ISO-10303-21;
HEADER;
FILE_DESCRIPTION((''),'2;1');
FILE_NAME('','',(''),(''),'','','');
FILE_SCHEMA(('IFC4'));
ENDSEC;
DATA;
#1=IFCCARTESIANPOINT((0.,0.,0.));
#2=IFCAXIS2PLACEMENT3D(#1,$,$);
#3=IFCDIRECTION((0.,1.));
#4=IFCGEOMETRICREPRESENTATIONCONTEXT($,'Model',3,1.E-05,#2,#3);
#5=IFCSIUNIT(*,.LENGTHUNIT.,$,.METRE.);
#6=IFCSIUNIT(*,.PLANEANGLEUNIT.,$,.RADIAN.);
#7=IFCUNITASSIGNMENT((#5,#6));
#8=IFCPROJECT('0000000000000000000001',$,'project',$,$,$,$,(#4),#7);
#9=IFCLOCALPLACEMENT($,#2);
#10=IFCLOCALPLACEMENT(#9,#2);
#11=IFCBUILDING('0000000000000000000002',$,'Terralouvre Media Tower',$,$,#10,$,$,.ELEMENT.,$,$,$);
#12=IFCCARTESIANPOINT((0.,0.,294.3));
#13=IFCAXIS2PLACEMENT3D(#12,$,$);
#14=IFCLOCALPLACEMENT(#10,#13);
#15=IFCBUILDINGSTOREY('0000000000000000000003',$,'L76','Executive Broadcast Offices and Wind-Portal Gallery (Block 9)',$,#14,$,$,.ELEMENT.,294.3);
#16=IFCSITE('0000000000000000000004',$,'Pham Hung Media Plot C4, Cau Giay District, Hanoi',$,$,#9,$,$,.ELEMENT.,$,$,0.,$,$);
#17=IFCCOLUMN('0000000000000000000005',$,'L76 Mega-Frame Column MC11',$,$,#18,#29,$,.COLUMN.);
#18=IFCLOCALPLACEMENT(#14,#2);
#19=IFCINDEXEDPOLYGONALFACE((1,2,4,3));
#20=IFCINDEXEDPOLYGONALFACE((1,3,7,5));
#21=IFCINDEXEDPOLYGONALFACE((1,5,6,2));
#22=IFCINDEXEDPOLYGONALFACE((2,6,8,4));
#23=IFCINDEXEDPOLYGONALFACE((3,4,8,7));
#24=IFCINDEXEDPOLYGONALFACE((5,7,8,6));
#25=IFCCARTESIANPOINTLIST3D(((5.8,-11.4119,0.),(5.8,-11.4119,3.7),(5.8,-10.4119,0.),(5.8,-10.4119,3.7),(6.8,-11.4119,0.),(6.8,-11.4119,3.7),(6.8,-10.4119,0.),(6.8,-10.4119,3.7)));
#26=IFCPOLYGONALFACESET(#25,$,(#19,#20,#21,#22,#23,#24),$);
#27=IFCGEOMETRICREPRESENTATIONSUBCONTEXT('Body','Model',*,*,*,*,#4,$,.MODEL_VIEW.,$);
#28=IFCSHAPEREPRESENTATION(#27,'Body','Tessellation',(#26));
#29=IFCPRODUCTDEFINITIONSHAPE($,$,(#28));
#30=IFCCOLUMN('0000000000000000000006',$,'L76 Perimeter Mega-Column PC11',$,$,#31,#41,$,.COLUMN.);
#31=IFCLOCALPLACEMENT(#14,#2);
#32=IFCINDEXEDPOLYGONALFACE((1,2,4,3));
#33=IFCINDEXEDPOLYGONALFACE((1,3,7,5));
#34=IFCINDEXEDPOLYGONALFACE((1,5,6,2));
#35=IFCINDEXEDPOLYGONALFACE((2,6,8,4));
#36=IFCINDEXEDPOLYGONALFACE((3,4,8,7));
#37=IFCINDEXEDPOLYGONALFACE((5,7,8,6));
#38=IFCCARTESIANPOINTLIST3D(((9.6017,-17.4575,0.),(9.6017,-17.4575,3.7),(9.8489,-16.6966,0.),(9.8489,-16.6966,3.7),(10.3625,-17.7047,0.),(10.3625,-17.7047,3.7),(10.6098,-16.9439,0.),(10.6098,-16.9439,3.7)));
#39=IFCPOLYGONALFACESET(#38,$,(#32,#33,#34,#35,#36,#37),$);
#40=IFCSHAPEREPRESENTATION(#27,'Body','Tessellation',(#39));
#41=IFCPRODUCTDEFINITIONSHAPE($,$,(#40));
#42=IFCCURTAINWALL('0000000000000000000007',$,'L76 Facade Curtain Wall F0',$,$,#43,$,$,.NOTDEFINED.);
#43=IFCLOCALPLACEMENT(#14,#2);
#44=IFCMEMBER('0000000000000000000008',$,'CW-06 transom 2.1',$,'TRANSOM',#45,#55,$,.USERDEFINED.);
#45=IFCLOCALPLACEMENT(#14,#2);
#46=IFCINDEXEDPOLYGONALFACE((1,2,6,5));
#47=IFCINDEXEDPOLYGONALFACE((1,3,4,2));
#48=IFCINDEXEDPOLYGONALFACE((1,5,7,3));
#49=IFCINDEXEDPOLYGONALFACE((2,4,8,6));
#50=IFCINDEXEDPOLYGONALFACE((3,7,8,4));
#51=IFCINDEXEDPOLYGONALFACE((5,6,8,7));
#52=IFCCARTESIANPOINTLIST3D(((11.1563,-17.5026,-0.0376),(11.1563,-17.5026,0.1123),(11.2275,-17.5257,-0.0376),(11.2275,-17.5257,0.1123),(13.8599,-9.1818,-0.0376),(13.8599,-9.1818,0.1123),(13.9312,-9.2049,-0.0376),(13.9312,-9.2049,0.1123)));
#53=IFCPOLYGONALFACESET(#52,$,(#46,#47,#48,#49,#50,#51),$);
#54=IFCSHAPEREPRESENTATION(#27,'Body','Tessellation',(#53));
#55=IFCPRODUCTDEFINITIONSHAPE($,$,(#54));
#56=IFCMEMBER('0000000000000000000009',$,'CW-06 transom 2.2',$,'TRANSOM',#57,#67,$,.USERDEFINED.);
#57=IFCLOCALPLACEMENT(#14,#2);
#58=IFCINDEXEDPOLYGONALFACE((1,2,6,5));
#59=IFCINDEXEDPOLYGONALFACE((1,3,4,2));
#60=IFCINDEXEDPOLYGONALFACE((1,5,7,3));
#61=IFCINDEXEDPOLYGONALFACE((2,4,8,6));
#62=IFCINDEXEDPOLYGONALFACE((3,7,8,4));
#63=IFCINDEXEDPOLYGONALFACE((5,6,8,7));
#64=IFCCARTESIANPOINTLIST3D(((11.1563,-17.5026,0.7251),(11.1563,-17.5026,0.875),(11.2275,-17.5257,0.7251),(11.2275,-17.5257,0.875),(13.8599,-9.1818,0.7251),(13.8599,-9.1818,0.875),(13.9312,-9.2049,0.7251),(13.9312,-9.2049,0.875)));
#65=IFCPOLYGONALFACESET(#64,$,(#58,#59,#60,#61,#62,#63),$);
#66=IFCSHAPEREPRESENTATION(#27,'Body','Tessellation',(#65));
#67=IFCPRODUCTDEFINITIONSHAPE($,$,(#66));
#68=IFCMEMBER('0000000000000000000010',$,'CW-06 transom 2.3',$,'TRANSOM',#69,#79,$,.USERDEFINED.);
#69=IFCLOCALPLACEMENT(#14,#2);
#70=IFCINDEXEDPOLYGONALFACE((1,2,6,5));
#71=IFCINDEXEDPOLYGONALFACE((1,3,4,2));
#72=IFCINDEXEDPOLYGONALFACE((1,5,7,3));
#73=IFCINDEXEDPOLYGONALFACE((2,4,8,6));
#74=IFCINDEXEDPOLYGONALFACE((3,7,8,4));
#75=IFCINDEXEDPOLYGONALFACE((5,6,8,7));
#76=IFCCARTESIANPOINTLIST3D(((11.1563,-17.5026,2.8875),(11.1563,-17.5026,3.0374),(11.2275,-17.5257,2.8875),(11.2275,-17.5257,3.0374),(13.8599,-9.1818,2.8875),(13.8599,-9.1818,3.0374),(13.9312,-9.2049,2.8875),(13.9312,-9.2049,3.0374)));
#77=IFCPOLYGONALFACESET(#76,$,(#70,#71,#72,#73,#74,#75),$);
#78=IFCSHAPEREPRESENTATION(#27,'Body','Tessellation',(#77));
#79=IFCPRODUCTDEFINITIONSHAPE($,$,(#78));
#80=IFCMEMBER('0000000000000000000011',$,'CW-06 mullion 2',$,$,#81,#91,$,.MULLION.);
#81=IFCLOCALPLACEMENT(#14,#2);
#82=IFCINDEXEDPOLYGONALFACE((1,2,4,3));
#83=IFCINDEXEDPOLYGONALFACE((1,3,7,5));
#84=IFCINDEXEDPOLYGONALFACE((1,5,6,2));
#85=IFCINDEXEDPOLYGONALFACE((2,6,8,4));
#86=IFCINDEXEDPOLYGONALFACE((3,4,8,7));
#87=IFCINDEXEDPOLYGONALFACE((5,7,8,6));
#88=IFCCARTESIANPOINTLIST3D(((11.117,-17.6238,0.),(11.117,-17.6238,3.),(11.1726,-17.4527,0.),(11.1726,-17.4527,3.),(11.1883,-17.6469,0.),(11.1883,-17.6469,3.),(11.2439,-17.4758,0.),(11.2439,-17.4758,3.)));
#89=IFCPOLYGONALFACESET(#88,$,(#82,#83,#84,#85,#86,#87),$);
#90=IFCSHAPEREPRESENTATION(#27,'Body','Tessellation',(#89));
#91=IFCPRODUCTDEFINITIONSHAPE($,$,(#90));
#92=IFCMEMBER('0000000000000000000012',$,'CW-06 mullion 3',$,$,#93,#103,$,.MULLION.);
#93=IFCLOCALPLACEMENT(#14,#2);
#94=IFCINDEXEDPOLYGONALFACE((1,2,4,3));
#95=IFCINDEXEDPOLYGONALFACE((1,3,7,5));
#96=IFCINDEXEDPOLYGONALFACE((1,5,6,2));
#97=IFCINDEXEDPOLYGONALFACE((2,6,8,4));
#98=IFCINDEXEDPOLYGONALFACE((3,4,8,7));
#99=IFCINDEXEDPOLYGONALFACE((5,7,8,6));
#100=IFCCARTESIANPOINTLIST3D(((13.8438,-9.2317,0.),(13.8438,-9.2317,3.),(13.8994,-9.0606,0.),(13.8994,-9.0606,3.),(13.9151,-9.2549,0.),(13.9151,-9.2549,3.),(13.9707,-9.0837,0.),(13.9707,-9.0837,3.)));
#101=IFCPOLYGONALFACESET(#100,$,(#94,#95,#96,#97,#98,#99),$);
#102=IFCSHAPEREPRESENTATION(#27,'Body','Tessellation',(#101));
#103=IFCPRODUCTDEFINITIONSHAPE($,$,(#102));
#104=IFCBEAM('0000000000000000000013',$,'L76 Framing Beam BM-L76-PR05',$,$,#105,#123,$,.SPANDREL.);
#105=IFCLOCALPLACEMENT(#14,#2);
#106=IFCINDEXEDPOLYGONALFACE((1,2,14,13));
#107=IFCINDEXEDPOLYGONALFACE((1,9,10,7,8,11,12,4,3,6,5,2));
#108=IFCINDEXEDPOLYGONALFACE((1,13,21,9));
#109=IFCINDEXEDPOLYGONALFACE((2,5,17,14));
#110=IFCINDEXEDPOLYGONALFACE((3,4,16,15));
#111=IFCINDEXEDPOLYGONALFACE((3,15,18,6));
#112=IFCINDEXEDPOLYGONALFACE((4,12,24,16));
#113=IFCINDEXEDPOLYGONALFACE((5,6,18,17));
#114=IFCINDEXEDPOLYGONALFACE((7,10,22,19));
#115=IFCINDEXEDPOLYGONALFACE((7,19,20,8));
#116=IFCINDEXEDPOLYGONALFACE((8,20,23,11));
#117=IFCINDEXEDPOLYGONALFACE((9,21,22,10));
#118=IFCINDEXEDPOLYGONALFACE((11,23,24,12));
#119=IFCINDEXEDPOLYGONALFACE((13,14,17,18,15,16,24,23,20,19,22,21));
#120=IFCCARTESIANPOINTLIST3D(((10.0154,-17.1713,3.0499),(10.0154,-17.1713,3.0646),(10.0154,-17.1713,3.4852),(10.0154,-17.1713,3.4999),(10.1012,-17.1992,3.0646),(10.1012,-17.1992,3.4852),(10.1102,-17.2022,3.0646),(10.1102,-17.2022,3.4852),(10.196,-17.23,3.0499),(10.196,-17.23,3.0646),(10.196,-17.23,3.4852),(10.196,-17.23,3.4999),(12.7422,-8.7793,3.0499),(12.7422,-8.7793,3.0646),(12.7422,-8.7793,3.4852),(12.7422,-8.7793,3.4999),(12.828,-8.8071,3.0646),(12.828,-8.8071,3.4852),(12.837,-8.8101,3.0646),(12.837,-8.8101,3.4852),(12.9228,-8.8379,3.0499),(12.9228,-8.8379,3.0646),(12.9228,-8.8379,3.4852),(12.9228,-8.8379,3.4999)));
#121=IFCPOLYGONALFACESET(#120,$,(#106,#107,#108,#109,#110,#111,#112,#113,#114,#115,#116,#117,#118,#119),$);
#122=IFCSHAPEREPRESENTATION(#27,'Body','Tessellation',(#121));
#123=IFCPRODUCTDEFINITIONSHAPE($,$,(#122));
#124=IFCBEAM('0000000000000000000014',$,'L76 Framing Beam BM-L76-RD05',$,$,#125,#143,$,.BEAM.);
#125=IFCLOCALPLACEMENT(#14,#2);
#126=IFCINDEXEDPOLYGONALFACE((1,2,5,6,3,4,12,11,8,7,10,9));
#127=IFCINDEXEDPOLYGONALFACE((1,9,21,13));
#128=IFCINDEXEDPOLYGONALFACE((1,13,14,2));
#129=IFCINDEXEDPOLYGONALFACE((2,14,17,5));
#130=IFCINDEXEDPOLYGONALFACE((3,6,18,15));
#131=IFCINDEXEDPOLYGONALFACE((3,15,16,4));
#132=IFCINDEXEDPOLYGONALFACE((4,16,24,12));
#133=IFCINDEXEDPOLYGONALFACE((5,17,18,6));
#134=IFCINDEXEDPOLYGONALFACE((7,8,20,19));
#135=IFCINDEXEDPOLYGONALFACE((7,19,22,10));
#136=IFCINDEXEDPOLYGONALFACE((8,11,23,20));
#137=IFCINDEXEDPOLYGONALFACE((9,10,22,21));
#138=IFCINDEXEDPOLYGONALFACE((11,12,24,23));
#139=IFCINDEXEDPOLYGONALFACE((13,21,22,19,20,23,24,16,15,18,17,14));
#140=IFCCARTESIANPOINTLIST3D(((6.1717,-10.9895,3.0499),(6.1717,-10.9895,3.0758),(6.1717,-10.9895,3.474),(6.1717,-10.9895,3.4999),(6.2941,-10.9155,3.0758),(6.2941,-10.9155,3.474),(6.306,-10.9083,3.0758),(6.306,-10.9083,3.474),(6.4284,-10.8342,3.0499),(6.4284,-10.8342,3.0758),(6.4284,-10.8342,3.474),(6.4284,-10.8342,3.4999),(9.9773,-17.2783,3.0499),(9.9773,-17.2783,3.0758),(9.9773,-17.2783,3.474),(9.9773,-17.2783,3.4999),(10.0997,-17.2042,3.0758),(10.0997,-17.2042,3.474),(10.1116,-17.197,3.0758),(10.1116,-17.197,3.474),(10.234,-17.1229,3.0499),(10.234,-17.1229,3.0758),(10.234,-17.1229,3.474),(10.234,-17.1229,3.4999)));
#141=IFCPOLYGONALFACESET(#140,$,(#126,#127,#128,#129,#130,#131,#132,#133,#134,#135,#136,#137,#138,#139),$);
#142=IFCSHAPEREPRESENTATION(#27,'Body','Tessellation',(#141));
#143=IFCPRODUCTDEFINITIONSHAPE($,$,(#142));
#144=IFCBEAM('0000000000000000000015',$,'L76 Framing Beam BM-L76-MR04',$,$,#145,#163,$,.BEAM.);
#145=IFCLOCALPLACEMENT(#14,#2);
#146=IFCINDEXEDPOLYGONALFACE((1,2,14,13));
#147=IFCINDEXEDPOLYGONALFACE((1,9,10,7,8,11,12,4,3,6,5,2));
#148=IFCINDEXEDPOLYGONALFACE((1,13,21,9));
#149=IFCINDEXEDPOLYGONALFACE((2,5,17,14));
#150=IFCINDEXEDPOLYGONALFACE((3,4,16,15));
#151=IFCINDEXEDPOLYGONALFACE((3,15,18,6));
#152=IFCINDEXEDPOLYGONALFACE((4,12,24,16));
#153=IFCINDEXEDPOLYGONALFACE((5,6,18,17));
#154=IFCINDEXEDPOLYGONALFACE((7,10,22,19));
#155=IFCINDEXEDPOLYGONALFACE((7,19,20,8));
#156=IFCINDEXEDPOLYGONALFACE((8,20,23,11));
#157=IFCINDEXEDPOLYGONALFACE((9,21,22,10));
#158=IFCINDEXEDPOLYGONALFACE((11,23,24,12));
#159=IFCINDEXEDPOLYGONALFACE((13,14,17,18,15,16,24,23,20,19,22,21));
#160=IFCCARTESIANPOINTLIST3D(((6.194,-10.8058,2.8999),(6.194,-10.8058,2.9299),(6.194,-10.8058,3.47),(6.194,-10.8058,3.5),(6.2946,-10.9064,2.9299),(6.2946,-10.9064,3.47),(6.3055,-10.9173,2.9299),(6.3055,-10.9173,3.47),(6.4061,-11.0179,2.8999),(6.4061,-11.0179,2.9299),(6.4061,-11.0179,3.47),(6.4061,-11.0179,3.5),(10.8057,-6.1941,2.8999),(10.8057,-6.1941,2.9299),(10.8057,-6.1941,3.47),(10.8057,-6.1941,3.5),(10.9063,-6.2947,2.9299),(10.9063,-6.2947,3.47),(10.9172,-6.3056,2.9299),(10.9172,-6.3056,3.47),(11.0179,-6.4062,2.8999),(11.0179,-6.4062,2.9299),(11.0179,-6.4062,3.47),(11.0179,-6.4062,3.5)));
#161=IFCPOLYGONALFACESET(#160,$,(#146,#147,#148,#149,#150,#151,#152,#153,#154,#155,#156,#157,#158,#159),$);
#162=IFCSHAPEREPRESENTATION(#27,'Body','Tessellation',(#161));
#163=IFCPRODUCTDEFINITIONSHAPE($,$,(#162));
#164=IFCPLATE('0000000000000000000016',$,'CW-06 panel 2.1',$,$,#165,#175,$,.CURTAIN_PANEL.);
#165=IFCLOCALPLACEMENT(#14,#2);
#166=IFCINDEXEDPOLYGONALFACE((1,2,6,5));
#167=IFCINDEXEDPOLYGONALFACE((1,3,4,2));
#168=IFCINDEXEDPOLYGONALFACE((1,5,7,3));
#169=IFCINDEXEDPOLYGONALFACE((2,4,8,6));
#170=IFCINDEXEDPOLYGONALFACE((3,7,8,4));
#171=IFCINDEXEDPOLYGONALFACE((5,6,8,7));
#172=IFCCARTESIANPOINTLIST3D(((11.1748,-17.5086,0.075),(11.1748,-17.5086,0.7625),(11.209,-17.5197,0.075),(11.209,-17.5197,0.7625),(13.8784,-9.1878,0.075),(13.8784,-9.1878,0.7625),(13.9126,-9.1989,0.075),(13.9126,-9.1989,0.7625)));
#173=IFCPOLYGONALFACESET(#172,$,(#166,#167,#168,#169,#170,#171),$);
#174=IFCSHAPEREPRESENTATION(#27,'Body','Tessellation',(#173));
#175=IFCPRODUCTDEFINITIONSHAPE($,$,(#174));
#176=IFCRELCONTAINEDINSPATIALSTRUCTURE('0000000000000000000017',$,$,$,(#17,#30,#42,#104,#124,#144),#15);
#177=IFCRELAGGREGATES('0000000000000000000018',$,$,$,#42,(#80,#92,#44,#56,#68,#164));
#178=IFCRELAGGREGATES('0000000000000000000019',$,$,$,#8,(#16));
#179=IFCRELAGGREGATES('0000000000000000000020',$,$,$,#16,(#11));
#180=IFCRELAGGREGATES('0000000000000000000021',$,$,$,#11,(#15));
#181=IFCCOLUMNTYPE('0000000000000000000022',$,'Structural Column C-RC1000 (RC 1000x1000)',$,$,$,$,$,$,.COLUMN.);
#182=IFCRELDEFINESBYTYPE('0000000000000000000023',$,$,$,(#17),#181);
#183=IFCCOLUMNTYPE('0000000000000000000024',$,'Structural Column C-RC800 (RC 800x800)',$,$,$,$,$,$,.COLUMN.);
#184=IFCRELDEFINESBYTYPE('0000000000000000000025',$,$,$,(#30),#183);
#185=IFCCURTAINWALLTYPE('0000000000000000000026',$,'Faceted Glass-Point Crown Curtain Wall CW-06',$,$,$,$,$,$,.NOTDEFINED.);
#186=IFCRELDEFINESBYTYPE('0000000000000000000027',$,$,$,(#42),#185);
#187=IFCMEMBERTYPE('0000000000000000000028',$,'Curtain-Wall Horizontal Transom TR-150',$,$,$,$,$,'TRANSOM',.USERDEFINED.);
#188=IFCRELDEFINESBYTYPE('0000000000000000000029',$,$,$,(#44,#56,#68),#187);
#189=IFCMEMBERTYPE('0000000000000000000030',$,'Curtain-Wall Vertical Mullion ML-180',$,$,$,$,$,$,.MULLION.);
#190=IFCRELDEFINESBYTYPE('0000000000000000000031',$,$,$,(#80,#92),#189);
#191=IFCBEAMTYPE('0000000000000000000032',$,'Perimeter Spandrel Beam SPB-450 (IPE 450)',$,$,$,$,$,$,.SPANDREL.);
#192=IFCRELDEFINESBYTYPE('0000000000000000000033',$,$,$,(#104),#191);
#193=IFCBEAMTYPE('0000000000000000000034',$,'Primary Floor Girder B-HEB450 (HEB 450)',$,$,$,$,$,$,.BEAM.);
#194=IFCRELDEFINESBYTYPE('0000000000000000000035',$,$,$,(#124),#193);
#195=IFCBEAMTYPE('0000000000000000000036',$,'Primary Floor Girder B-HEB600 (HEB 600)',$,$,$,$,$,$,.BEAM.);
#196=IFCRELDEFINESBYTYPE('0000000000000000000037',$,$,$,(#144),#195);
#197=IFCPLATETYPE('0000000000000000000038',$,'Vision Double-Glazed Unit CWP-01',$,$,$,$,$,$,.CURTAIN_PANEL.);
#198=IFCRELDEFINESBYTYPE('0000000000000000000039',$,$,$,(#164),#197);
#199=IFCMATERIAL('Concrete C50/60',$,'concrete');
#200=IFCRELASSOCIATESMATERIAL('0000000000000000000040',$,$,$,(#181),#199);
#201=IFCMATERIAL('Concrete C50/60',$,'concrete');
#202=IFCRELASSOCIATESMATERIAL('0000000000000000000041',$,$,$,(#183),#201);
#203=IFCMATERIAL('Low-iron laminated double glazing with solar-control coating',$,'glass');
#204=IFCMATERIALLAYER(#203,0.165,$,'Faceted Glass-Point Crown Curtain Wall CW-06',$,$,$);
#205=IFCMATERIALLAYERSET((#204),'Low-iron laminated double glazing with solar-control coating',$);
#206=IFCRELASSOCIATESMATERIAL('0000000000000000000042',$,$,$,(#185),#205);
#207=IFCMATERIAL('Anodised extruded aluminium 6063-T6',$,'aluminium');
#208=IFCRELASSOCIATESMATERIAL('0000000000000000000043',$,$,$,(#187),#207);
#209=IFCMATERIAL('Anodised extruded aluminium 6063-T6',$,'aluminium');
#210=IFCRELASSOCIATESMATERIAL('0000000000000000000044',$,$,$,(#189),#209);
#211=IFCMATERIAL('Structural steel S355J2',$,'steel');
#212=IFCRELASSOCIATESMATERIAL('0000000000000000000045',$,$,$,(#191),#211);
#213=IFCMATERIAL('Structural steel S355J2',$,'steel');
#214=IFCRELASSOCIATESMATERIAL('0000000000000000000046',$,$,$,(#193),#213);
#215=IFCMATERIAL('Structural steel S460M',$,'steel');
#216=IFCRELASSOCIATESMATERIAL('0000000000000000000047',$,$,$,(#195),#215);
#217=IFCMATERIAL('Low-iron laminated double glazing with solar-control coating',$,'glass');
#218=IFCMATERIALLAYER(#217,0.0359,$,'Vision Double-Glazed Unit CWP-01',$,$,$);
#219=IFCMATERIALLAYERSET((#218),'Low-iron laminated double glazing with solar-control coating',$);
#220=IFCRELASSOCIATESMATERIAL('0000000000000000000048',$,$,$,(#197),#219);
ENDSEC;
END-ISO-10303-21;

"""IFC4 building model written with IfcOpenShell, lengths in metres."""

from ifc_helpers import new_model, si_unit, direction, frame, origin, origin_2d, place, context, subcontext, project, spatial, rectangle, i_section, extrude, material, layer, layer_set, material_profile, profile_set, type_object, element, aggregate, save


model = new_model("IFC4")

# Units and contexts
model_context = context("Model", 3, precision=1e-05, world=origin(), true_north=direction((0.0, 1.0)))
body_context = subcontext(model_context, "Body", "Model", "MODEL_VIEW")
ifc_project = project(units=[si_unit("LENGTHUNIT", "METRE"), si_unit("PLANEANGLEUNIT", "RADIAN")], contexts=[model_context])

# Site, building, storey
site_placement = place(None, origin())
site = spatial("IfcSite", under=ifc_project, at=site_placement, Name="Pham Hung Media Plot C4, Cau Giay District, Hanoi", CompositionType="ELEMENT", RefElevation=0.0)
building_placement = place(site_placement, origin())
building = spatial("IfcBuilding", under=site, at=building_placement, Name="Terralouvre Media Tower", CompositionType="ELEMENT")
storey_placement = place(building_placement, frame((0.0, 0.0, 294.3)))
storey = spatial("IfcBuildingStorey", under=building, at=storey_placement, Name="L76", Description="Executive Broadcast Offices and Wind-Portal Gallery (Block 9)", CompositionType="ELEMENT", Elevation=294.3)

# Columns
ifc_material_1 = material(Name="Concrete C50/60", Category="concrete")
ifc_material_profile_1 = material_profile(ifc_material_1, rectangle(XDim=1.0, YDim=1.0, at=origin_2d()), Name="RC 1000x1000")
ifc_profile_set_1 = profile_set([ifc_material_profile_1], Name="Concrete C50/60")
column_type_1 = type_object("IfcColumnType", Name="Structural Column C-RC1000 (RC 1000x1000)", PredefinedType="COLUMN", material=ifc_profile_set_1)
column_1_placement = place(storey_placement, frame((6.3, -10.9119, 0.0), z_axis=(0.0, 0.0, 1.0), x_axis=(1.0, 0.0, 0.0)))
element("IfcColumn", 1, at=column_1_placement, inside=storey, type_object=column_type_1, Name="L76 Mega-Frame Column MC11", PredefinedType="COLUMN", context=body_context, shape_type="SweptSolid", body=[
    extrude(rectangle(XDim=1.0, YDim=1.0, at=origin_2d()), origin(), (0.0, 0.0, 1.0), 3.7),
])
ifc_material_2 = material(Name="Concrete C50/60", Category="concrete")
ifc_material_profile_2 = material_profile(ifc_material_2, rectangle(XDim=0.8, YDim=0.8, at=origin_2d()), Name="RC 800x800")
ifc_profile_set_2 = profile_set([ifc_material_profile_2], Name="Concrete C50/60")
column_type_2 = type_object("IfcColumnType", Name="Structural Column C-RC800 (RC 800x800)", PredefinedType="COLUMN", material=ifc_profile_set_2)
column_2_placement = place(storey_placement, frame((10.1057, -17.2007, 0.0), z_axis=(0.0, 0.0, 1.0), x_axis=(0.309017, 0.951057, 0.0)))
element("IfcColumn", 2, at=column_2_placement, inside=storey, type_object=column_type_2, Name="L76 Perimeter Mega-Column PC11", PredefinedType="COLUMN", context=body_context, shape_type="SweptSolid", body=[
    extrude(rectangle(XDim=0.8, YDim=0.8, at=origin_2d()), origin(), (0.0, 0.0, 1.0), 3.7),
])

# Curtain wall, members
ifc_material_3 = material(Name="Low-iron laminated double glazing with solar-control coating", Category="glass")
ifc_layer_1 = layer(ifc_material_3, 0.165, Name="Faceted Glass-Point Crown Curtain Wall CW-06")
ifc_layer_set_1 = layer_set([ifc_layer_1], Name="Low-iron laminated double glazing with solar-control coating")
curtain_wall_type = type_object("IfcCurtainWallType", Name="Faceted Glass-Point Crown Curtain Wall CW-06", PredefinedType="NOTDEFINED", material=ifc_layer_set_1)
curtain_wall_placement = place(storey_placement, origin())
curtain_wall = element("IfcCurtainWall", 3, at=curtain_wall_placement, inside=storey, type_object=curtain_wall_type, Name="L76 Facade Curtain Wall F0", PredefinedType="NOTDEFINED")
ifc_material_4 = material(Name="Anodised extruded aluminium 6063-T6", Category="aluminium")
ifc_material_profile_3 = material_profile(ifc_material_4, rectangle(XDim=0.075, YDim=0.1499, at=origin_2d()), Name="ALU 75x150")
ifc_profile_set_3 = profile_set([ifc_material_profile_3], Name="Anodised extruded aluminium 6063-T6")
member_type_1 = type_object("IfcMemberType", Name="Curtain-Wall Horizontal Transom TR-150", ElementType="TRANSOM", PredefinedType="USERDEFINED", material=ifc_profile_set_3)
member_1_placement = place(storey_placement, frame((11.1919, -17.5142, 0.0374), z_axis=(0.309019, 0.951056, 0.0), x_axis=(-0.951056, 0.309019, 0.0)))
member_1 = element("IfcMember", 4, at=member_1_placement, type_object=member_type_1, Name="CW-06 transom 2.1", ObjectType="TRANSOM", PredefinedType="USERDEFINED", context=body_context, shape_type="SweptSolid", body=[
    extrude(rectangle(XDim=0.075, YDim=0.1499, at=origin_2d()), origin(), (0.0, 0.0, 1.0), 8.749),
])
member_2_placement = place(storey_placement, frame((11.1919, -17.5142, 0.8), z_axis=(0.309019, 0.951056, 0.0), x_axis=(-0.951056, 0.309019, 0.0)))
member_2 = element("IfcMember", 5, at=member_2_placement, type_object=member_type_1, Name="CW-06 transom 2.2", ObjectType="TRANSOM", PredefinedType="USERDEFINED", context=body_context, shape_type="SweptSolid", body=[
    extrude(rectangle(XDim=0.075, YDim=0.1499, at=origin_2d()), origin(), (0.0, 0.0, 1.0), 8.749),
])
member_3_placement = place(storey_placement, frame((11.1919, -17.5142, 2.9624), z_axis=(0.309019, 0.951056, 0.0), x_axis=(-0.951056, 0.309019, 0.0)))
member_3 = element("IfcMember", 6, at=member_3_placement, type_object=member_type_1, Name="CW-06 transom 2.3", ObjectType="TRANSOM", PredefinedType="USERDEFINED", context=body_context, shape_type="SweptSolid", body=[
    extrude(rectangle(XDim=0.075, YDim=0.1499, at=origin_2d()), origin(), (0.0, 0.0, 1.0), 8.749),
])
ifc_material_5 = material(Name="Anodised extruded aluminium 6063-T6", Category="aluminium")
ifc_material_profile_4 = material_profile(ifc_material_5, rectangle(XDim=0.075, YDim=0.1799, at=origin_2d()), Name="ALU 75x180")
ifc_profile_set_4 = profile_set([ifc_material_profile_4], Name="Anodised extruded aluminium 6063-T6")
member_type_2 = type_object("IfcMemberType", Name="Curtain-Wall Vertical Mullion ML-180", PredefinedType="MULLION", material=ifc_profile_set_4)
member_4_placement = place(storey_placement, frame((11.1804, -17.5498, 0.0), z_axis=(0.0, 0.0, 1.0), x_axis=(-0.951057, 0.309017, 0.0)))
member_4 = element("IfcMember", 7, at=member_4_placement, type_object=member_type_2, Name="CW-06 mullion 2", PredefinedType="MULLION", context=body_context, shape_type="SweptSolid", body=[
    extrude(rectangle(XDim=0.075, YDim=0.1799, at=origin_2d()), origin(), (0.0, 0.0, 1.0), 3.0),
])
member_5_placement = place(storey_placement, frame((13.9072, -9.1577, 0.0), z_axis=(0.0, 0.0, 1.0), x_axis=(-0.951057, 0.309017, 0.0)))
member_5 = element("IfcMember", 8, at=member_5_placement, type_object=member_type_2, Name="CW-06 mullion 3", PredefinedType="MULLION", context=body_context, shape_type="SweptSolid", body=[
    extrude(rectangle(XDim=0.075, YDim=0.1799, at=origin_2d()), origin(), (0.0, 0.0, 1.0), 3.0),
])

# Beams
ifc_material_6 = material(Name="Structural steel S355J2", Category="steel")
ifc_material_profile_5 = material_profile(ifc_material_6, i_section(OverallWidth=0.1899, OverallDepth=0.45, WebThickness=0.0095, FlangeThickness=0.0146, at=origin_2d()), Name="IPE 450")
ifc_profile_set_5 = profile_set([ifc_material_profile_5], Name="Structural steel S355J2")
beam_type_1 = type_object("IfcBeamType", Name="Perimeter Spandrel Beam SPB-450 (IPE 450)", PredefinedType="SPANDREL", material=ifc_profile_set_5)
beam_1_placement = place(storey_placement, frame((10.1057, -17.2007, 3.2749), z_axis=(0.309022, 0.951055, 0.0), x_axis=(-0.951055, 0.309022, 0.0)))
element("IfcBeam", 9, at=beam_1_placement, inside=storey, type_object=beam_type_1, Name="L76 Framing Beam BM-L76-PR05", PredefinedType="SPANDREL", context=body_context, shape_type="SweptSolid", body=[
    extrude(i_section(OverallWidth=0.1899, OverallDepth=0.45, WebThickness=0.0095, FlangeThickness=0.0146, at=origin_2d()), origin(), (0.0, 0.0, 1.0), 8.824),
])
ifc_material_7 = material(Name="Structural steel S355J2", Category="steel")
ifc_material_profile_6 = material_profile(ifc_material_7, i_section(OverallWidth=0.3, OverallDepth=0.45, WebThickness=0.0139, FlangeThickness=0.0259, at=origin_2d()), Name="HEB 450")
ifc_profile_set_6 = profile_set([ifc_material_profile_6], Name="Structural steel S355J2")
beam_type_2 = type_object("IfcBeamType", Name="Primary Floor Girder B-HEB450 (HEB 450)", PredefinedType="BEAM", material=ifc_profile_set_6)
beam_2_placement = place(storey_placement, frame((6.3, -10.9119, 3.2749), z_axis=(0.51773, -0.855544, 0.0), x_axis=(0.855544, 0.51773, 0.0)))
element("IfcBeam", 10, at=beam_2_placement, inside=storey, type_object=beam_type_2, Name="L76 Framing Beam BM-L76-RD05", PredefinedType="BEAM", context=body_context, shape_type="SweptSolid", body=[
    extrude(i_section(OverallWidth=0.3, OverallDepth=0.45, WebThickness=0.0139, FlangeThickness=0.0259, at=origin_2d()), origin(), (0.0, 0.0, 1.0), 7.3506),
])
ifc_material_8 = material(Name="Structural steel S460M", Category="steel")
ifc_material_profile_7 = material_profile(ifc_material_8, i_section(OverallWidth=0.3, OverallDepth=0.6001, WebThickness=0.0154, FlangeThickness=0.03, at=origin_2d()), Name="HEB 600")
ifc_profile_set_7 = profile_set([ifc_material_profile_7], Name="Structural steel S460M")
beam_type_3 = type_object("IfcBeamType", Name="Primary Floor Girder B-HEB600 (HEB 600)", PredefinedType="BEAM", material=ifc_profile_set_7)
beam_3_placement = place(storey_placement, frame((6.3, -10.9119, 3.2), z_axis=(0.707107, 0.707107, 0.0), x_axis=(-0.707107, 0.707107, 0.0)))
element("IfcBeam", 11, at=beam_3_placement, inside=storey, type_object=beam_type_3, Name="L76 Framing Beam BM-L76-MR04", PredefinedType="BEAM", context=body_context, shape_type="SweptSolid", body=[
    extrude(i_section(OverallWidth=0.3, OverallDepth=0.6001, WebThickness=0.0154, FlangeThickness=0.03, at=origin_2d()), origin(), (0.0, 0.0, 1.0), 6.522),
])

# Plate
ifc_material_9 = material(Name="Low-iron laminated double glazing with solar-control coating", Category="glass")
ifc_layer_2 = layer(ifc_material_9, 0.0359, Name="Vision Double-Glazed Unit CWP-01")
ifc_layer_set_2 = layer_set([ifc_layer_2], Name="Low-iron laminated double glazing with solar-control coating")
plate_type = type_object("IfcPlateType", Name="Vision Double-Glazed Unit CWP-01", PredefinedType="CURTAIN_PANEL", material=ifc_layer_set_2)
plate_1_placement = place(storey_placement, frame((12.5437, -13.3538, 0.075), z_axis=(0.0, 0.0, 1.0), x_axis=(0.309017, 0.951057, 0.0)))
plate_1 = element("IfcPlate", 12, at=plate_1_placement, type_object=plate_type, Name="CW-06 panel 2.1", PredefinedType="CURTAIN_PANEL", context=body_context, shape_type="SweptSolid", body=[
    extrude(rectangle(XDim=8.749, YDim=0.0359, at=origin_2d()), origin(), (0.0, 0.0, 1.0), 0.6875),
])
aggregate(curtain_wall, [member_4, member_5, member_1, member_2, member_3, plate_1])

save(model, "model.ifc")
